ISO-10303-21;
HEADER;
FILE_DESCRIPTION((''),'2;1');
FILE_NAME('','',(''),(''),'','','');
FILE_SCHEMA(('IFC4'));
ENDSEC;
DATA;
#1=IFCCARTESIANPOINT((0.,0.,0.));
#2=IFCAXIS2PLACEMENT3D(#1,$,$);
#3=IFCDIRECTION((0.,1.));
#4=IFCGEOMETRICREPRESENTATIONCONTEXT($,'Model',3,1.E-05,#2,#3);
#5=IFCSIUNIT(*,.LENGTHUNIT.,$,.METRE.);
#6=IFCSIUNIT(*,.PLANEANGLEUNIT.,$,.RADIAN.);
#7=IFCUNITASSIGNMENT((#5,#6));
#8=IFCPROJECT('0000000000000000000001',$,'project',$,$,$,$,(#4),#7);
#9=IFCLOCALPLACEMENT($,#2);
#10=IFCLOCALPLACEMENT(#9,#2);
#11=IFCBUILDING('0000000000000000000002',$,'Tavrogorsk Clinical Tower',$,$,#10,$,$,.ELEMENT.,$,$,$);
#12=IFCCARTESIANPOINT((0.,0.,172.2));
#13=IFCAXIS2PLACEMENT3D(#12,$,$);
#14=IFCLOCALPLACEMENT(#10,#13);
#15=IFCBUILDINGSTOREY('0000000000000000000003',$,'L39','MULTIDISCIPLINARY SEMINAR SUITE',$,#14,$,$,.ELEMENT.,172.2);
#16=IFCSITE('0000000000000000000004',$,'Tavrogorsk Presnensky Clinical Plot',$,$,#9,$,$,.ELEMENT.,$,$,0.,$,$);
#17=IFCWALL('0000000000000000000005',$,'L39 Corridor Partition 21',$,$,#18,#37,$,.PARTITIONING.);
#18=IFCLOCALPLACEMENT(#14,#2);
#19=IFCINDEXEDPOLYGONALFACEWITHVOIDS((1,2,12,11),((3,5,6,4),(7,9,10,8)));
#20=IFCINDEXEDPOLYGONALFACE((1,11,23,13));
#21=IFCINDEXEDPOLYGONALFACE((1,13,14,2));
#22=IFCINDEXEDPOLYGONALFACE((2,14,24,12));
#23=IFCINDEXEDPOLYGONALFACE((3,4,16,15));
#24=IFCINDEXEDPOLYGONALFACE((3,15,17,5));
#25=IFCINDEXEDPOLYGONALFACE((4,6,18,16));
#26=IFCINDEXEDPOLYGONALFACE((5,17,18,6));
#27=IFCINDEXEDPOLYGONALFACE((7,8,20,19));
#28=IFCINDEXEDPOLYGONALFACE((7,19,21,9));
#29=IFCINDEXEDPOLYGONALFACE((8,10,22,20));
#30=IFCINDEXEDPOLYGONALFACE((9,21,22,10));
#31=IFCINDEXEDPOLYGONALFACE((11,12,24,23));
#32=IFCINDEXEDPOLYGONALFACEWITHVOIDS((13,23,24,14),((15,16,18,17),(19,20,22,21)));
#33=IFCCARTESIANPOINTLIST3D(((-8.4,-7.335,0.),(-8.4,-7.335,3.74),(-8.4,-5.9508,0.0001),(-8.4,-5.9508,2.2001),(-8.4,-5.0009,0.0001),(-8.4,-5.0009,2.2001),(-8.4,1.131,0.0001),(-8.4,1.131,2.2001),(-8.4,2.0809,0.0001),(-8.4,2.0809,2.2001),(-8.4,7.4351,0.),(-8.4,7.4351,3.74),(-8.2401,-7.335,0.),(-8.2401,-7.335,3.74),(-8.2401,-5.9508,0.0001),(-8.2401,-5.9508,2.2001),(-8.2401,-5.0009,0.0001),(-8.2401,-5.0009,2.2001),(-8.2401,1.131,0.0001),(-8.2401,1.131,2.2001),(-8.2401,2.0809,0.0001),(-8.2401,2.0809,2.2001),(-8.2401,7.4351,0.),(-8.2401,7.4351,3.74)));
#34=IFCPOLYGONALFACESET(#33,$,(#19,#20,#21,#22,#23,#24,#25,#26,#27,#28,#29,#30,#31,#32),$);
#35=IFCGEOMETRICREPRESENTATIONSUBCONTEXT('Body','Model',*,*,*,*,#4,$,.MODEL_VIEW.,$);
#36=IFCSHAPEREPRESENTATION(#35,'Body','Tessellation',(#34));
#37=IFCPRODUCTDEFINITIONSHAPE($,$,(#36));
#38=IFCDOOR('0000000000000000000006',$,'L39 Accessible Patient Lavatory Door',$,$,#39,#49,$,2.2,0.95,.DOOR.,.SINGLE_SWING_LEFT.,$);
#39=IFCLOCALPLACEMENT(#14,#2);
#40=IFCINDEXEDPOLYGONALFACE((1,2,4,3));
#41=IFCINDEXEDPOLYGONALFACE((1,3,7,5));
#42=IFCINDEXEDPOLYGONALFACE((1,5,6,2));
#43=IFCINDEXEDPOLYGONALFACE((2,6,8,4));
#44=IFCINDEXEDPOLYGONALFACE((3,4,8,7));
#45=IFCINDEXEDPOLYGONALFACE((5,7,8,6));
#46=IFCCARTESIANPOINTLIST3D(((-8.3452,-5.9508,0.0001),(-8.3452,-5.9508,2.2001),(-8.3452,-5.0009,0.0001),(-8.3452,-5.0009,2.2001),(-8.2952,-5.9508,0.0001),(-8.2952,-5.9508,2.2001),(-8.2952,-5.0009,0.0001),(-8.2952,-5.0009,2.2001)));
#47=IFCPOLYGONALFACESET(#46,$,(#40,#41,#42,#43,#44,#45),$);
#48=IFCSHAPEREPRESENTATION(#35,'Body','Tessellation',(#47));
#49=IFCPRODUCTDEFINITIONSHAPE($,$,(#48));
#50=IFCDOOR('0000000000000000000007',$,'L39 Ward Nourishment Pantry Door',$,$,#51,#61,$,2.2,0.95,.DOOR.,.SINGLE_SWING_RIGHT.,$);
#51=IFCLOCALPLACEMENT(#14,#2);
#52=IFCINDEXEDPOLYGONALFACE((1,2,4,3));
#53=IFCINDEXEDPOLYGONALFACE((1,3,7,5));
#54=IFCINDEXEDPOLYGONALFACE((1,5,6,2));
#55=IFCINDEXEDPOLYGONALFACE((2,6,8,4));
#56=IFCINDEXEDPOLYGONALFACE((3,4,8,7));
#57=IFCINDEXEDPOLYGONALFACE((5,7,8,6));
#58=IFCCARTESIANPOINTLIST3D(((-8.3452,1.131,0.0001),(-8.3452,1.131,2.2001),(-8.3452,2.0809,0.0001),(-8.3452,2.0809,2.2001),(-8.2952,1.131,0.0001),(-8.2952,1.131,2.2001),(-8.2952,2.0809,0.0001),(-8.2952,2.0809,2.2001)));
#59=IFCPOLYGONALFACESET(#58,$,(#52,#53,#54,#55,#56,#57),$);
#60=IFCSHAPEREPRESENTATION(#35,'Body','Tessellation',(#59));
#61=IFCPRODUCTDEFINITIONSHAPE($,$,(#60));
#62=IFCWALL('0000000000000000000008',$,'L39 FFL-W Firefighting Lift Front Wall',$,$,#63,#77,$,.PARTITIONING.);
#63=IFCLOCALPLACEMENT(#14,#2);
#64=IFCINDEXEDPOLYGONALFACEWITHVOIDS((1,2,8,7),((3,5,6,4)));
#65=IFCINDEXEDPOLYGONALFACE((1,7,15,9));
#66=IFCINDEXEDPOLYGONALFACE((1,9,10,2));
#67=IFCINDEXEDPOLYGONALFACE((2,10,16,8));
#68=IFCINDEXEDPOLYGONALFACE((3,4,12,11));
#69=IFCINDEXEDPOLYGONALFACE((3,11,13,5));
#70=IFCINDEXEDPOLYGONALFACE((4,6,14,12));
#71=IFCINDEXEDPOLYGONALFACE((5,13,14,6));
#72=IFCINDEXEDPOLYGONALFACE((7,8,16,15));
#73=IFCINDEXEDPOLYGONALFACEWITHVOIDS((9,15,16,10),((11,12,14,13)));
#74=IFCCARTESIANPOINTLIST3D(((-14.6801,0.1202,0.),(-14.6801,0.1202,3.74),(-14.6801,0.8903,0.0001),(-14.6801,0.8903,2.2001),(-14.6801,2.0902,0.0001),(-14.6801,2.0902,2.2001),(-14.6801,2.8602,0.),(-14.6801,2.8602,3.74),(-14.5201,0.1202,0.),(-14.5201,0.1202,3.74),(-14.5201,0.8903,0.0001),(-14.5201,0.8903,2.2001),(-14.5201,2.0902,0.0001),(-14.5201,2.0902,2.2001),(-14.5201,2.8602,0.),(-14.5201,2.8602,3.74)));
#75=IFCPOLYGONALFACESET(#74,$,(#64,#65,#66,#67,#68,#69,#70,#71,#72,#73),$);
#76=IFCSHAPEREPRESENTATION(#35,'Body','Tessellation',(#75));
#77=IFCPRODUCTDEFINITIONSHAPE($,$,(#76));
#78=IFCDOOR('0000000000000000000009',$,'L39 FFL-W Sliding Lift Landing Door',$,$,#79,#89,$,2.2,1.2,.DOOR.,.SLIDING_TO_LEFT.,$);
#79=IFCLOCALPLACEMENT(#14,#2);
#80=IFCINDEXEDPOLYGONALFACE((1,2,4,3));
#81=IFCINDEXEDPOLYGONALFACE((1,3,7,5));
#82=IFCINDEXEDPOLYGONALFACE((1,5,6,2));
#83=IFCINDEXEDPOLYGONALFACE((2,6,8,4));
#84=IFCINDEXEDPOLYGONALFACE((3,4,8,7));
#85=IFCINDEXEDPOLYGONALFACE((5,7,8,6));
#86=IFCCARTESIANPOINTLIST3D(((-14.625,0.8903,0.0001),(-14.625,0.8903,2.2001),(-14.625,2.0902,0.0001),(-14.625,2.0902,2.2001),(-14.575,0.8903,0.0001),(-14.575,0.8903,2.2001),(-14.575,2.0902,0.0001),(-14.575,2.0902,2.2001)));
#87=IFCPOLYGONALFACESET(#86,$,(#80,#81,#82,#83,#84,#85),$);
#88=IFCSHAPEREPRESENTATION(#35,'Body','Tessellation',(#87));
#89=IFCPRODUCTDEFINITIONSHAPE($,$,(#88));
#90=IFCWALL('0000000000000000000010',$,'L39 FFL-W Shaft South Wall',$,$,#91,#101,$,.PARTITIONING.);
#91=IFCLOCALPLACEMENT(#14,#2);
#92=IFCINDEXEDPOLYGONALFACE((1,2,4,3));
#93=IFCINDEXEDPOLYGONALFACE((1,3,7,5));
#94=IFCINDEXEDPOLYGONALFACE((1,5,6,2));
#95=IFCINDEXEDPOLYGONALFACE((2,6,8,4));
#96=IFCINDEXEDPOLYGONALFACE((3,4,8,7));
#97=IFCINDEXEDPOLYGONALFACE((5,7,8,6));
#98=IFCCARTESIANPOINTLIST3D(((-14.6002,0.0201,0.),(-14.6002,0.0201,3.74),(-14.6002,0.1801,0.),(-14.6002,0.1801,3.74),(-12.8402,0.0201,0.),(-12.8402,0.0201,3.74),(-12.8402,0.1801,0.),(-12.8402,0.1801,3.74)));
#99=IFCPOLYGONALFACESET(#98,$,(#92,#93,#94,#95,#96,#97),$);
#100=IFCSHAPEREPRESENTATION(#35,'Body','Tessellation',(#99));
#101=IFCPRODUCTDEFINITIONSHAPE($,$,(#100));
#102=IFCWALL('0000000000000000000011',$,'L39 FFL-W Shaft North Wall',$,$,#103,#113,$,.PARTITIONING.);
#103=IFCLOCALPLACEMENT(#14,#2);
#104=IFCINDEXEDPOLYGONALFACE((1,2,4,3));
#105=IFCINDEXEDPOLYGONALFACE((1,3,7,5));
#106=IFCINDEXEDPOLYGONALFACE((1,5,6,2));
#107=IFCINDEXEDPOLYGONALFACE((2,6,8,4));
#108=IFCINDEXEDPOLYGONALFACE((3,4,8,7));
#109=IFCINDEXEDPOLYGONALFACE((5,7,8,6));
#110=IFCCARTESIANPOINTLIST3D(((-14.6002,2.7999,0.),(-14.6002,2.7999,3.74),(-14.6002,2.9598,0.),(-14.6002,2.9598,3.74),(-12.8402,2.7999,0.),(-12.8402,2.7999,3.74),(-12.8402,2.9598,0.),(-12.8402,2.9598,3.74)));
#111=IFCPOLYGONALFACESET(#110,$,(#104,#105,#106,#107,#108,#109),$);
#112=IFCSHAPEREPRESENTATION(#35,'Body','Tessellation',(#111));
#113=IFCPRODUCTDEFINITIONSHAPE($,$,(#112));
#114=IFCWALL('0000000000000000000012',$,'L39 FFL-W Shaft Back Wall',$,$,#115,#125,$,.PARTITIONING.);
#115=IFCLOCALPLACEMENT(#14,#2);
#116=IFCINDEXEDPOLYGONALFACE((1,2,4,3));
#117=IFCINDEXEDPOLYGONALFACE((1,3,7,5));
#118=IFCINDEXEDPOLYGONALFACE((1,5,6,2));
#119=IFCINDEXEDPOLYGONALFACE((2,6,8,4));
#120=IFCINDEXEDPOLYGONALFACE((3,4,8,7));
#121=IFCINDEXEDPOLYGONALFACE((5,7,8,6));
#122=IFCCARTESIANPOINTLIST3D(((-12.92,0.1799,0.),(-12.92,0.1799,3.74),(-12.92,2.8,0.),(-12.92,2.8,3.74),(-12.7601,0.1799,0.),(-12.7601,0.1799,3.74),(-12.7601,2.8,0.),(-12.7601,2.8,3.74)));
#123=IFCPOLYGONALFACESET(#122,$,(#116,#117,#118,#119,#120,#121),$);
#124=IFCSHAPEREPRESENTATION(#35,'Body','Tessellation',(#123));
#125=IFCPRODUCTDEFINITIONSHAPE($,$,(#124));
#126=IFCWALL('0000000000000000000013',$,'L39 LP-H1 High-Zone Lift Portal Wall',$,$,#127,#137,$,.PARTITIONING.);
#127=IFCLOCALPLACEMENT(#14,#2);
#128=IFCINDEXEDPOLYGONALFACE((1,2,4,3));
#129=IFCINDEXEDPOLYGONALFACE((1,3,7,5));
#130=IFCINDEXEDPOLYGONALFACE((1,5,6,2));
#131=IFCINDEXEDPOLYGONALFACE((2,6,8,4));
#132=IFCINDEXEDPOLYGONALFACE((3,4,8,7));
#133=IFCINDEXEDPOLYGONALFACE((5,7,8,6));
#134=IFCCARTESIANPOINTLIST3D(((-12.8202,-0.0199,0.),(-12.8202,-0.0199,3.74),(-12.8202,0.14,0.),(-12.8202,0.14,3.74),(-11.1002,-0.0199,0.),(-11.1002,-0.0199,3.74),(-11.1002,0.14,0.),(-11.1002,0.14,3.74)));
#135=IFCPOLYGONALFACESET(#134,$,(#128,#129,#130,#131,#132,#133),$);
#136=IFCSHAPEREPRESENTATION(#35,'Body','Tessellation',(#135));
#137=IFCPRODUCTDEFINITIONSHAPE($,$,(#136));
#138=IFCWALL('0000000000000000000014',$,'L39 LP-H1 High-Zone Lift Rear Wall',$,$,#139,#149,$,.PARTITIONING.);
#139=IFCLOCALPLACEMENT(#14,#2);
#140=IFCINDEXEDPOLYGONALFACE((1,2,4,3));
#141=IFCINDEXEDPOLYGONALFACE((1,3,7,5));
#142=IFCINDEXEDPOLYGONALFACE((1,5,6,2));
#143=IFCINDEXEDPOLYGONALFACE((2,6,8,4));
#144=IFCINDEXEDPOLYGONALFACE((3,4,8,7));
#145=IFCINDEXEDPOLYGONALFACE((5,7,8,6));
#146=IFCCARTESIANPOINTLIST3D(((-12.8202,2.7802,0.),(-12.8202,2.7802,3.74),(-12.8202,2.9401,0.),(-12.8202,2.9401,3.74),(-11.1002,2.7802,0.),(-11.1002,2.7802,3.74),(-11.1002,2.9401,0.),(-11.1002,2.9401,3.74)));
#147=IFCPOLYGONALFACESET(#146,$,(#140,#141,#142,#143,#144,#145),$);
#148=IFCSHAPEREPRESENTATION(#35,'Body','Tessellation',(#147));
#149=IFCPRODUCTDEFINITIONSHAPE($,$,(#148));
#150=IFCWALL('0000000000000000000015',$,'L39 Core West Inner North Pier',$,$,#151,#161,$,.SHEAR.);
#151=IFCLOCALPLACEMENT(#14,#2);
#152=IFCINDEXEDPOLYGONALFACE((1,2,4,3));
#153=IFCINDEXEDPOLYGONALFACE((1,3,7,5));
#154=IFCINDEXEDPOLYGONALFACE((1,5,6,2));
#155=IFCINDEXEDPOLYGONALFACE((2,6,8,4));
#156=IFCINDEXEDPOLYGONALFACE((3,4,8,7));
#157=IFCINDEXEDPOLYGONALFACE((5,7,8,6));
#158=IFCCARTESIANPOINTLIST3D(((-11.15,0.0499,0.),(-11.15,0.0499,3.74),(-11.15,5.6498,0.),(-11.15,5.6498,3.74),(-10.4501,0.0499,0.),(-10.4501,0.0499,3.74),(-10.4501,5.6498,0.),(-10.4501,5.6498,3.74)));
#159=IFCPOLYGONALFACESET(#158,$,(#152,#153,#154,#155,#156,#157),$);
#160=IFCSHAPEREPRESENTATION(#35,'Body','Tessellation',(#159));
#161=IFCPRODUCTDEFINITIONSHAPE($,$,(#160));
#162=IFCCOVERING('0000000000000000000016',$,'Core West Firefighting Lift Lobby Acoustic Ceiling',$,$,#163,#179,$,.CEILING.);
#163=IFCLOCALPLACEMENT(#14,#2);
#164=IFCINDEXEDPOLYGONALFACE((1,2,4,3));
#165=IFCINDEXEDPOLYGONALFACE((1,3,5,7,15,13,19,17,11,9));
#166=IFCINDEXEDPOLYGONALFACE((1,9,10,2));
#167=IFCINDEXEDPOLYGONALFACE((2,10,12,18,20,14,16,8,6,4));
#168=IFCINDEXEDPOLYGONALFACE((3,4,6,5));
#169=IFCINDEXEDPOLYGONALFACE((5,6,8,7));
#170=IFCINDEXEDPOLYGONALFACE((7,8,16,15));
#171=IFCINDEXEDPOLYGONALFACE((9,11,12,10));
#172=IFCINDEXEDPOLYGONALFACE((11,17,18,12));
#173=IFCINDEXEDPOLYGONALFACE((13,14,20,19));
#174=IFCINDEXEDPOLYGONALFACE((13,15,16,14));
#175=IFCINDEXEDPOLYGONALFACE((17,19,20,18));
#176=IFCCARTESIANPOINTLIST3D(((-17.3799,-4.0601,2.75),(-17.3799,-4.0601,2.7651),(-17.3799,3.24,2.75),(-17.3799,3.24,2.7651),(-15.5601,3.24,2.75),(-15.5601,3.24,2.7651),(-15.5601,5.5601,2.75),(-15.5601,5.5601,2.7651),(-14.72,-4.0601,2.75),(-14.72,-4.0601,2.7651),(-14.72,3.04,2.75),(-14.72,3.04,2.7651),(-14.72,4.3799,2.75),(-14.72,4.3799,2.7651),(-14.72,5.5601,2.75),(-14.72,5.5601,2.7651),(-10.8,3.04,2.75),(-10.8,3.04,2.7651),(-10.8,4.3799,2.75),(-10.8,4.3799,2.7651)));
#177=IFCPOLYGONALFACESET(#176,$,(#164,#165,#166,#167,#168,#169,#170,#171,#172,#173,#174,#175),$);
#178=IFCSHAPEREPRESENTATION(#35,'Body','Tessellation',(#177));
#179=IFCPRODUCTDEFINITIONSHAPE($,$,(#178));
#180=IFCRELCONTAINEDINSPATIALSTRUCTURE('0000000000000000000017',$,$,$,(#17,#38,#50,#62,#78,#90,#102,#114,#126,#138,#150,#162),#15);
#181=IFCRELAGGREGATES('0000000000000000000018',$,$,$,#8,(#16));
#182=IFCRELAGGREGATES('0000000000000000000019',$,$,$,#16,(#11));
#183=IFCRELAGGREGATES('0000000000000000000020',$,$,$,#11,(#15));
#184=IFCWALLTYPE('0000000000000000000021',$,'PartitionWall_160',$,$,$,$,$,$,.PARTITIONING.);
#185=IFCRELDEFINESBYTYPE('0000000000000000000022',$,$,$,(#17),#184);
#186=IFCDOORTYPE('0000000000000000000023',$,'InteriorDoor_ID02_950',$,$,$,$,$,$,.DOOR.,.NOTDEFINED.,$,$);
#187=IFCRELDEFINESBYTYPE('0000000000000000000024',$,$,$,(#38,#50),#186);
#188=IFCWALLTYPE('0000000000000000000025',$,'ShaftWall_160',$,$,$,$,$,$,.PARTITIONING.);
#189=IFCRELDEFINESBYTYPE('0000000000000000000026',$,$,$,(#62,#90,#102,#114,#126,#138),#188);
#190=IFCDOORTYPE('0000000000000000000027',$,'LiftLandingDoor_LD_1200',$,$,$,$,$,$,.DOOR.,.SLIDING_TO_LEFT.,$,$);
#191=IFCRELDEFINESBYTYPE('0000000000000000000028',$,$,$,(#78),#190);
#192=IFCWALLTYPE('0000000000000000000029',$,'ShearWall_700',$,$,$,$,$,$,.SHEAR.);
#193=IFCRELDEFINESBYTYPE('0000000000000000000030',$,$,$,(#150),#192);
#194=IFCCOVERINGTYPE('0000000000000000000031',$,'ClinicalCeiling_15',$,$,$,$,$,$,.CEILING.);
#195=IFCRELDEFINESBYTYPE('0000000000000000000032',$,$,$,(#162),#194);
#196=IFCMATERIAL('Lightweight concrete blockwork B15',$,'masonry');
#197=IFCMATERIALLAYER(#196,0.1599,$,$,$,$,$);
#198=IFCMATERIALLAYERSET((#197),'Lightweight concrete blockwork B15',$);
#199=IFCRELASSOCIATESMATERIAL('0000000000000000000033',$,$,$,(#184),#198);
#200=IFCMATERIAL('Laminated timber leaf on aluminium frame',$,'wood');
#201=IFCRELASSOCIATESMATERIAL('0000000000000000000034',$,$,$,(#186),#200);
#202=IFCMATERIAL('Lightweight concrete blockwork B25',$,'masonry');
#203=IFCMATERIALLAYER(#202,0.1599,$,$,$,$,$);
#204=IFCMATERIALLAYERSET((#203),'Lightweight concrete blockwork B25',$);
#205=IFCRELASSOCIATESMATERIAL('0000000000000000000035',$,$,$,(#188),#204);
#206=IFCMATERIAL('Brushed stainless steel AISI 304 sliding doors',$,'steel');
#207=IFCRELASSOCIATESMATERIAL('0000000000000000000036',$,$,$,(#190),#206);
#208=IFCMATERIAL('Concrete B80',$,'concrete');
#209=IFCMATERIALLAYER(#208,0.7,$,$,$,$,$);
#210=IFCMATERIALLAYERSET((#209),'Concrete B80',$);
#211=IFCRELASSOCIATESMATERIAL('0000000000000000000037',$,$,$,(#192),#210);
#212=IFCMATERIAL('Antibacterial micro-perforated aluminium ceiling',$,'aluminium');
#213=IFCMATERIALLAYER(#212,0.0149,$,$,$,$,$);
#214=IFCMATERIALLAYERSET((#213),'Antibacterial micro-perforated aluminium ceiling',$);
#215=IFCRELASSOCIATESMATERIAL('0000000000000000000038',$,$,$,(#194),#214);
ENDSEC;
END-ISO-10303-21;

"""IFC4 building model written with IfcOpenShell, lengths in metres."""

from ifc_helpers import new_model, si_unit, direction, frame, frame_2d, origin, place, context, subcontext, project, spatial, polyline, rectangle, outline, extrude, material, layer, layer_set, type_object, element, fill, save


model = new_model("IFC4")

# Units and contexts
model_context = context("Model", 3, precision=1e-05, world=origin(), true_north=direction((0.0, 1.0)))
body_context = subcontext(model_context, "Body", "Model", "MODEL_VIEW")
ifc_project = project(units=[si_unit("LENGTHUNIT", "METRE"), si_unit("PLANEANGLEUNIT", "RADIAN")], contexts=[model_context])

# Site, building, storey
site_placement = place(None, origin())
site = spatial("IfcSite", under=ifc_project, at=site_placement, Name="Tavrogorsk Presnensky Clinical Plot", CompositionType="ELEMENT", RefElevation=0.0)
building_placement = place(site_placement, origin())
building = spatial("IfcBuilding", under=site, at=building_placement, Name="Tavrogorsk Clinical Tower", CompositionType="ELEMENT")
storey_placement = place(building_placement, frame((0.0, 0.0, 172.2)))
storey = spatial("IfcBuildingStorey", under=building, at=storey_placement, Name="L39", Description="MULTIDISCIPLINARY SEMINAR SUITE", CompositionType="ELEMENT", Elevation=172.2)

# Shared definitions
ifc_material_1 = material(Name="Lightweight concrete blockwork B15", Category="masonry")
ifc_layer_1 = layer(ifc_material_1, 0.1599)
ifc_layer_set_1 = layer_set([ifc_layer_1], Name="Lightweight concrete blockwork B15")
wall_type_1 = type_object("IfcWallType", Name="PartitionWall_160", PredefinedType="PARTITIONING", material=ifc_layer_set_1)
ifc_material_2 = material(Name="Laminated timber leaf on aluminium frame", Category="wood")
door_type_1 = type_object("IfcDoorType", Name="InteriorDoor_ID02_950", OperationType="NOTDEFINED", PredefinedType="DOOR", material=ifc_material_2)

# Wall, openings, doors
wall_1_placement = place(storey_placement, frame((-8.3201, 7.4351, 0.0), z_axis=(0.0, 0.0, 1.0), x_axis=(0.0, -1.0, 0.0)))
wall_1 = element("IfcWall", 1, at=wall_1_placement, inside=storey, type_object=wall_type_1, Name="L39 Corridor Partition 21", PredefinedType="PARTITIONING", context=body_context, shape_type="SweptSolid", body=[
    extrude(rectangle(XDim=14.77, YDim=0.1599, at=frame_2d((7.385, 0.0))), origin(), (0.0, 0.0, 1.0), 3.74),
])
opening_1_placement = place(wall_1_placement, frame((12.4358, 0.0, 0.0)))
opening_1 = element("IfcOpeningElement", 2, at=opening_1_placement, cuts=wall_1, PredefinedType="OPENING", context=body_context, shape_type="SweptSolid", body=[
    extrude(rectangle(XDim=0.95, YDim=2.2, at=frame_2d((0.4751, 1.1001))), frame((0.0, 0.0898, 0.0), z_axis=(0.0, -1.0, 0.0), x_axis=(1.0, 0.0, 0.0)), (0.0, 0.0, 1.0), 0.1799),
])
opening_2_placement = place(wall_1_placement, frame((5.354, 0.0, 0.0)))
opening_2 = element("IfcOpeningElement", 3, at=opening_2_placement, cuts=wall_1, PredefinedType="OPENING", context=body_context, shape_type="SweptSolid", body=[
    extrude(rectangle(XDim=0.95, YDim=2.2, at=frame_2d((0.4751, 1.1001))), frame((0.0, 0.0898, 0.0), z_axis=(0.0, -1.0, 0.0), x_axis=(1.0, 0.0, 0.0)), (0.0, 0.0, 1.0), 0.1799),
])
door_1_placement = place(opening_1_placement, origin())
door_1 = element("IfcDoor", 4, at=door_1_placement, inside=storey, type_object=door_type_1, Name="L39 Accessible Patient Lavatory Door", OperationType="SINGLE_SWING_LEFT", OverallHeight=2.2, OverallWidth=0.95, PredefinedType="DOOR", context=body_context, shape_type="SweptSolid", body=[
    extrude(rectangle(XDim=0.95, YDim=2.2, at=frame_2d((0.4751, 1.1001))), frame((0.0, 0.0249, 0.0), z_axis=(0.0, -1.0, 0.0), x_axis=(1.0, 0.0, 0.0)), (0.0, 0.0, 1.0), 0.05),
])
fill(opening_1, door_1)
door_2_placement = place(opening_2_placement, origin())
door_2 = element("IfcDoor", 5, at=door_2_placement, inside=storey, type_object=door_type_1, Name="L39 Ward Nourishment Pantry Door", OperationType="SINGLE_SWING_RIGHT", OverallHeight=2.2, OverallWidth=0.95, PredefinedType="DOOR", context=body_context, shape_type="SweptSolid", body=[
    extrude(rectangle(XDim=0.95, YDim=2.2, at=frame_2d((0.4751, 1.1001))), frame((0.0, 0.0249, 0.0), z_axis=(0.0, -1.0, 0.0), x_axis=(1.0, 0.0, 0.0)), (0.0, 0.0, 1.0), 0.05),
])
fill(opening_2, door_2)

# Wall, opening, door
ifc_material_3 = material(Name="Lightweight concrete blockwork B25", Category="masonry")
ifc_layer_2 = layer(ifc_material_3, 0.1599)
ifc_layer_set_2 = layer_set([ifc_layer_2], Name="Lightweight concrete blockwork B25")
wall_type_2 = type_object("IfcWallType", Name="ShaftWall_160", PredefinedType="PARTITIONING", material=ifc_layer_set_2)
wall_2_placement = place(storey_placement, frame((-14.6001, 0.1201, 0.0), z_axis=(0.0, 0.0, 1.0), x_axis=(0.0, 1.0, 0.0)))
wall_2 = element("IfcWall", 6, at=wall_2_placement, inside=storey, type_object=wall_type_2, Name="L39 FFL-W Firefighting Lift Front Wall", PredefinedType="PARTITIONING", context=body_context, shape_type="SweptSolid", body=[
    extrude(rectangle(XDim=2.74, YDim=0.1599, at=frame_2d((1.3701, 0.0))), origin(), (0.0, 0.0, 1.0), 3.74),
])
opening_3_placement = place(wall_2_placement, frame((0.77, 0.0, 0.0)))
opening_3 = element("IfcOpeningElement", 7, at=opening_3_placement, cuts=wall_2, PredefinedType="OPENING", context=body_context, shape_type="SweptSolid", body=[
    extrude(rectangle(XDim=1.2, YDim=2.2, at=frame_2d((0.6001, 1.1001))), frame((0.0, 0.0898, 0.0), z_axis=(0.0, -1.0, 0.0), x_axis=(1.0, 0.0, 0.0)), (0.0, 0.0, 1.0), 0.1799),
])
ifc_material_4 = material(Name="Brushed stainless steel AISI 304 sliding doors", Category="steel")
door_type_2 = type_object("IfcDoorType", Name="LiftLandingDoor_LD_1200", OperationType="SLIDING_TO_LEFT", PredefinedType="DOOR", material=ifc_material_4)
door_3_placement = place(opening_3_placement, origin())
door_3 = element("IfcDoor", 8, at=door_3_placement, inside=storey, type_object=door_type_2, Name="L39 FFL-W Sliding Lift Landing Door", OperationType="SLIDING_TO_LEFT", OverallHeight=2.2, OverallWidth=1.2, PredefinedType="DOOR", context=body_context, shape_type="SweptSolid", body=[
    extrude(rectangle(XDim=1.2, YDim=2.2, at=frame_2d((0.6001, 1.1001))), frame((0.0, 0.0249, 0.0), z_axis=(0.0, -1.0, 0.0), x_axis=(1.0, 0.0, 0.0)), (0.0, 0.0, 1.0), 0.05),
])
fill(opening_3, door_3)

# Walls
for number, where, z_axis, x_axis, name in (
    (9, (-14.6001, 0.1001, 0.0), (0.0, 0.0, 1.0), (1.0, 0.0, 0.0), "L39 FFL-W Shaft South Wall"),
    (10, (-14.6001, 2.8799, 0.0), (0.0, 0.0, 1.0), (1.0, 0.0, 0.0), "L39 FFL-W Shaft North Wall"),
):
    element("IfcWall", number, at=place(storey_placement, frame(where, z_axis=z_axis, x_axis=x_axis)), inside=storey, type_object=wall_type_2, Name=name, PredefinedType="PARTITIONING", context=body_context, shape_type="SweptSolid", body=[
        extrude(rectangle(XDim=1.76, YDim=0.1599, at=frame_2d((0.8799, 0.0))), origin(), (0.0, 0.0, 1.0), 3.74),
    ])
wall_3_placement = place(storey_placement, frame((-12.8401, 0.1799, 0.0), z_axis=(0.0, 0.0, 1.0), x_axis=(0.0, 1.0, 0.0)))
element("IfcWall", 11, at=wall_3_placement, inside=storey, type_object=wall_type_2, Name="L39 FFL-W Shaft Back Wall", PredefinedType="PARTITIONING", context=body_context, shape_type="SweptSolid", body=[
    extrude(rectangle(XDim=2.6201, YDim=0.1599, at=frame_2d((1.3101, 0.0))), origin(), (0.0, 0.0, 1.0), 3.74),
])
for number, where, z_axis, x_axis, name in (
    (12, (-12.8201, 0.0601, 0.0), (0.0, 0.0, 1.0), (1.0, 0.0, 0.0), "L39 LP-H1 High-Zone Lift Portal Wall"),
    (13, (-12.8201, 2.8601, 0.0), (0.0, 0.0, 1.0), (1.0, 0.0, 0.0), "L39 LP-H1 High-Zone Lift Rear Wall"),
):
    element("IfcWall", number, at=place(storey_placement, frame(where, z_axis=z_axis, x_axis=x_axis)), inside=storey, type_object=wall_type_2, Name=name, PredefinedType="PARTITIONING", context=body_context, shape_type="SweptSolid", body=[
        extrude(rectangle(XDim=1.72, YDim=0.1599, at=frame_2d((0.8599, 0.0))), origin(), (0.0, 0.0, 1.0), 3.74),
    ])
ifc_material_5 = material(Name="Concrete B80", Category="concrete")
ifc_layer_3 = layer(ifc_material_5, 0.7)
ifc_layer_set_3 = layer_set([ifc_layer_3], Name="Concrete B80")
wall_type_3 = type_object("IfcWallType", Name="ShearWall_700", PredefinedType="SHEAR", material=ifc_layer_set_3)
wall_4_placement = place(storey_placement, frame((-10.8, 0.05, 0.0), z_axis=(0.0, 0.0, 1.0), x_axis=(0.0, 1.0, 0.0)))
element("IfcWall", 14, at=wall_4_placement, inside=storey, type_object=wall_type_3, Name="L39 Core West Inner North Pier", PredefinedType="SHEAR", context=body_context, shape_type="SweptSolid", body=[
    extrude(rectangle(XDim=5.5999, YDim=0.7, at=frame_2d((2.7998, 0.0))), origin(), (0.0, 0.0, 1.0), 3.74),
])

# Covering
ifc_material_6 = material(Name="Antibacterial micro-perforated aluminium ceiling", Category="aluminium")
ifc_layer_4 = layer(ifc_material_6, 0.0149)
ifc_layer_set_4 = layer_set([ifc_layer_4], Name="Antibacterial micro-perforated aluminium ceiling")
covering_type_1 = type_object("IfcCoveringType", Name="ClinicalCeiling_15", PredefinedType="CEILING", material=ifc_layer_set_4)
covering_1_placement = place(storey_placement, frame((0.0, 0.0, 2.75)))
element("IfcCovering", 15, at=covering_1_placement, inside=storey, type_object=covering_type_1, Name="Core West Firefighting Lift Lobby Acoustic Ceiling", PredefinedType="CEILING", context=body_context, shape_type="SweptSolid", body=[
    extrude(outline(polyline([(-14.72, 4.3799), (-10.8, 4.3799), (-10.8, 3.04), (-14.72, 3.04), (-14.72, -4.0601), (-17.3799, -4.0601), (-17.3799, 3.24), (-15.5601, 3.24), (-15.5601, 5.5601), (-14.72, 5.5601), (-14.72, 4.3799)])), origin(), (0.0, 0.0, 1.0), 0.0151),
])

save(model, "model.ifc")
